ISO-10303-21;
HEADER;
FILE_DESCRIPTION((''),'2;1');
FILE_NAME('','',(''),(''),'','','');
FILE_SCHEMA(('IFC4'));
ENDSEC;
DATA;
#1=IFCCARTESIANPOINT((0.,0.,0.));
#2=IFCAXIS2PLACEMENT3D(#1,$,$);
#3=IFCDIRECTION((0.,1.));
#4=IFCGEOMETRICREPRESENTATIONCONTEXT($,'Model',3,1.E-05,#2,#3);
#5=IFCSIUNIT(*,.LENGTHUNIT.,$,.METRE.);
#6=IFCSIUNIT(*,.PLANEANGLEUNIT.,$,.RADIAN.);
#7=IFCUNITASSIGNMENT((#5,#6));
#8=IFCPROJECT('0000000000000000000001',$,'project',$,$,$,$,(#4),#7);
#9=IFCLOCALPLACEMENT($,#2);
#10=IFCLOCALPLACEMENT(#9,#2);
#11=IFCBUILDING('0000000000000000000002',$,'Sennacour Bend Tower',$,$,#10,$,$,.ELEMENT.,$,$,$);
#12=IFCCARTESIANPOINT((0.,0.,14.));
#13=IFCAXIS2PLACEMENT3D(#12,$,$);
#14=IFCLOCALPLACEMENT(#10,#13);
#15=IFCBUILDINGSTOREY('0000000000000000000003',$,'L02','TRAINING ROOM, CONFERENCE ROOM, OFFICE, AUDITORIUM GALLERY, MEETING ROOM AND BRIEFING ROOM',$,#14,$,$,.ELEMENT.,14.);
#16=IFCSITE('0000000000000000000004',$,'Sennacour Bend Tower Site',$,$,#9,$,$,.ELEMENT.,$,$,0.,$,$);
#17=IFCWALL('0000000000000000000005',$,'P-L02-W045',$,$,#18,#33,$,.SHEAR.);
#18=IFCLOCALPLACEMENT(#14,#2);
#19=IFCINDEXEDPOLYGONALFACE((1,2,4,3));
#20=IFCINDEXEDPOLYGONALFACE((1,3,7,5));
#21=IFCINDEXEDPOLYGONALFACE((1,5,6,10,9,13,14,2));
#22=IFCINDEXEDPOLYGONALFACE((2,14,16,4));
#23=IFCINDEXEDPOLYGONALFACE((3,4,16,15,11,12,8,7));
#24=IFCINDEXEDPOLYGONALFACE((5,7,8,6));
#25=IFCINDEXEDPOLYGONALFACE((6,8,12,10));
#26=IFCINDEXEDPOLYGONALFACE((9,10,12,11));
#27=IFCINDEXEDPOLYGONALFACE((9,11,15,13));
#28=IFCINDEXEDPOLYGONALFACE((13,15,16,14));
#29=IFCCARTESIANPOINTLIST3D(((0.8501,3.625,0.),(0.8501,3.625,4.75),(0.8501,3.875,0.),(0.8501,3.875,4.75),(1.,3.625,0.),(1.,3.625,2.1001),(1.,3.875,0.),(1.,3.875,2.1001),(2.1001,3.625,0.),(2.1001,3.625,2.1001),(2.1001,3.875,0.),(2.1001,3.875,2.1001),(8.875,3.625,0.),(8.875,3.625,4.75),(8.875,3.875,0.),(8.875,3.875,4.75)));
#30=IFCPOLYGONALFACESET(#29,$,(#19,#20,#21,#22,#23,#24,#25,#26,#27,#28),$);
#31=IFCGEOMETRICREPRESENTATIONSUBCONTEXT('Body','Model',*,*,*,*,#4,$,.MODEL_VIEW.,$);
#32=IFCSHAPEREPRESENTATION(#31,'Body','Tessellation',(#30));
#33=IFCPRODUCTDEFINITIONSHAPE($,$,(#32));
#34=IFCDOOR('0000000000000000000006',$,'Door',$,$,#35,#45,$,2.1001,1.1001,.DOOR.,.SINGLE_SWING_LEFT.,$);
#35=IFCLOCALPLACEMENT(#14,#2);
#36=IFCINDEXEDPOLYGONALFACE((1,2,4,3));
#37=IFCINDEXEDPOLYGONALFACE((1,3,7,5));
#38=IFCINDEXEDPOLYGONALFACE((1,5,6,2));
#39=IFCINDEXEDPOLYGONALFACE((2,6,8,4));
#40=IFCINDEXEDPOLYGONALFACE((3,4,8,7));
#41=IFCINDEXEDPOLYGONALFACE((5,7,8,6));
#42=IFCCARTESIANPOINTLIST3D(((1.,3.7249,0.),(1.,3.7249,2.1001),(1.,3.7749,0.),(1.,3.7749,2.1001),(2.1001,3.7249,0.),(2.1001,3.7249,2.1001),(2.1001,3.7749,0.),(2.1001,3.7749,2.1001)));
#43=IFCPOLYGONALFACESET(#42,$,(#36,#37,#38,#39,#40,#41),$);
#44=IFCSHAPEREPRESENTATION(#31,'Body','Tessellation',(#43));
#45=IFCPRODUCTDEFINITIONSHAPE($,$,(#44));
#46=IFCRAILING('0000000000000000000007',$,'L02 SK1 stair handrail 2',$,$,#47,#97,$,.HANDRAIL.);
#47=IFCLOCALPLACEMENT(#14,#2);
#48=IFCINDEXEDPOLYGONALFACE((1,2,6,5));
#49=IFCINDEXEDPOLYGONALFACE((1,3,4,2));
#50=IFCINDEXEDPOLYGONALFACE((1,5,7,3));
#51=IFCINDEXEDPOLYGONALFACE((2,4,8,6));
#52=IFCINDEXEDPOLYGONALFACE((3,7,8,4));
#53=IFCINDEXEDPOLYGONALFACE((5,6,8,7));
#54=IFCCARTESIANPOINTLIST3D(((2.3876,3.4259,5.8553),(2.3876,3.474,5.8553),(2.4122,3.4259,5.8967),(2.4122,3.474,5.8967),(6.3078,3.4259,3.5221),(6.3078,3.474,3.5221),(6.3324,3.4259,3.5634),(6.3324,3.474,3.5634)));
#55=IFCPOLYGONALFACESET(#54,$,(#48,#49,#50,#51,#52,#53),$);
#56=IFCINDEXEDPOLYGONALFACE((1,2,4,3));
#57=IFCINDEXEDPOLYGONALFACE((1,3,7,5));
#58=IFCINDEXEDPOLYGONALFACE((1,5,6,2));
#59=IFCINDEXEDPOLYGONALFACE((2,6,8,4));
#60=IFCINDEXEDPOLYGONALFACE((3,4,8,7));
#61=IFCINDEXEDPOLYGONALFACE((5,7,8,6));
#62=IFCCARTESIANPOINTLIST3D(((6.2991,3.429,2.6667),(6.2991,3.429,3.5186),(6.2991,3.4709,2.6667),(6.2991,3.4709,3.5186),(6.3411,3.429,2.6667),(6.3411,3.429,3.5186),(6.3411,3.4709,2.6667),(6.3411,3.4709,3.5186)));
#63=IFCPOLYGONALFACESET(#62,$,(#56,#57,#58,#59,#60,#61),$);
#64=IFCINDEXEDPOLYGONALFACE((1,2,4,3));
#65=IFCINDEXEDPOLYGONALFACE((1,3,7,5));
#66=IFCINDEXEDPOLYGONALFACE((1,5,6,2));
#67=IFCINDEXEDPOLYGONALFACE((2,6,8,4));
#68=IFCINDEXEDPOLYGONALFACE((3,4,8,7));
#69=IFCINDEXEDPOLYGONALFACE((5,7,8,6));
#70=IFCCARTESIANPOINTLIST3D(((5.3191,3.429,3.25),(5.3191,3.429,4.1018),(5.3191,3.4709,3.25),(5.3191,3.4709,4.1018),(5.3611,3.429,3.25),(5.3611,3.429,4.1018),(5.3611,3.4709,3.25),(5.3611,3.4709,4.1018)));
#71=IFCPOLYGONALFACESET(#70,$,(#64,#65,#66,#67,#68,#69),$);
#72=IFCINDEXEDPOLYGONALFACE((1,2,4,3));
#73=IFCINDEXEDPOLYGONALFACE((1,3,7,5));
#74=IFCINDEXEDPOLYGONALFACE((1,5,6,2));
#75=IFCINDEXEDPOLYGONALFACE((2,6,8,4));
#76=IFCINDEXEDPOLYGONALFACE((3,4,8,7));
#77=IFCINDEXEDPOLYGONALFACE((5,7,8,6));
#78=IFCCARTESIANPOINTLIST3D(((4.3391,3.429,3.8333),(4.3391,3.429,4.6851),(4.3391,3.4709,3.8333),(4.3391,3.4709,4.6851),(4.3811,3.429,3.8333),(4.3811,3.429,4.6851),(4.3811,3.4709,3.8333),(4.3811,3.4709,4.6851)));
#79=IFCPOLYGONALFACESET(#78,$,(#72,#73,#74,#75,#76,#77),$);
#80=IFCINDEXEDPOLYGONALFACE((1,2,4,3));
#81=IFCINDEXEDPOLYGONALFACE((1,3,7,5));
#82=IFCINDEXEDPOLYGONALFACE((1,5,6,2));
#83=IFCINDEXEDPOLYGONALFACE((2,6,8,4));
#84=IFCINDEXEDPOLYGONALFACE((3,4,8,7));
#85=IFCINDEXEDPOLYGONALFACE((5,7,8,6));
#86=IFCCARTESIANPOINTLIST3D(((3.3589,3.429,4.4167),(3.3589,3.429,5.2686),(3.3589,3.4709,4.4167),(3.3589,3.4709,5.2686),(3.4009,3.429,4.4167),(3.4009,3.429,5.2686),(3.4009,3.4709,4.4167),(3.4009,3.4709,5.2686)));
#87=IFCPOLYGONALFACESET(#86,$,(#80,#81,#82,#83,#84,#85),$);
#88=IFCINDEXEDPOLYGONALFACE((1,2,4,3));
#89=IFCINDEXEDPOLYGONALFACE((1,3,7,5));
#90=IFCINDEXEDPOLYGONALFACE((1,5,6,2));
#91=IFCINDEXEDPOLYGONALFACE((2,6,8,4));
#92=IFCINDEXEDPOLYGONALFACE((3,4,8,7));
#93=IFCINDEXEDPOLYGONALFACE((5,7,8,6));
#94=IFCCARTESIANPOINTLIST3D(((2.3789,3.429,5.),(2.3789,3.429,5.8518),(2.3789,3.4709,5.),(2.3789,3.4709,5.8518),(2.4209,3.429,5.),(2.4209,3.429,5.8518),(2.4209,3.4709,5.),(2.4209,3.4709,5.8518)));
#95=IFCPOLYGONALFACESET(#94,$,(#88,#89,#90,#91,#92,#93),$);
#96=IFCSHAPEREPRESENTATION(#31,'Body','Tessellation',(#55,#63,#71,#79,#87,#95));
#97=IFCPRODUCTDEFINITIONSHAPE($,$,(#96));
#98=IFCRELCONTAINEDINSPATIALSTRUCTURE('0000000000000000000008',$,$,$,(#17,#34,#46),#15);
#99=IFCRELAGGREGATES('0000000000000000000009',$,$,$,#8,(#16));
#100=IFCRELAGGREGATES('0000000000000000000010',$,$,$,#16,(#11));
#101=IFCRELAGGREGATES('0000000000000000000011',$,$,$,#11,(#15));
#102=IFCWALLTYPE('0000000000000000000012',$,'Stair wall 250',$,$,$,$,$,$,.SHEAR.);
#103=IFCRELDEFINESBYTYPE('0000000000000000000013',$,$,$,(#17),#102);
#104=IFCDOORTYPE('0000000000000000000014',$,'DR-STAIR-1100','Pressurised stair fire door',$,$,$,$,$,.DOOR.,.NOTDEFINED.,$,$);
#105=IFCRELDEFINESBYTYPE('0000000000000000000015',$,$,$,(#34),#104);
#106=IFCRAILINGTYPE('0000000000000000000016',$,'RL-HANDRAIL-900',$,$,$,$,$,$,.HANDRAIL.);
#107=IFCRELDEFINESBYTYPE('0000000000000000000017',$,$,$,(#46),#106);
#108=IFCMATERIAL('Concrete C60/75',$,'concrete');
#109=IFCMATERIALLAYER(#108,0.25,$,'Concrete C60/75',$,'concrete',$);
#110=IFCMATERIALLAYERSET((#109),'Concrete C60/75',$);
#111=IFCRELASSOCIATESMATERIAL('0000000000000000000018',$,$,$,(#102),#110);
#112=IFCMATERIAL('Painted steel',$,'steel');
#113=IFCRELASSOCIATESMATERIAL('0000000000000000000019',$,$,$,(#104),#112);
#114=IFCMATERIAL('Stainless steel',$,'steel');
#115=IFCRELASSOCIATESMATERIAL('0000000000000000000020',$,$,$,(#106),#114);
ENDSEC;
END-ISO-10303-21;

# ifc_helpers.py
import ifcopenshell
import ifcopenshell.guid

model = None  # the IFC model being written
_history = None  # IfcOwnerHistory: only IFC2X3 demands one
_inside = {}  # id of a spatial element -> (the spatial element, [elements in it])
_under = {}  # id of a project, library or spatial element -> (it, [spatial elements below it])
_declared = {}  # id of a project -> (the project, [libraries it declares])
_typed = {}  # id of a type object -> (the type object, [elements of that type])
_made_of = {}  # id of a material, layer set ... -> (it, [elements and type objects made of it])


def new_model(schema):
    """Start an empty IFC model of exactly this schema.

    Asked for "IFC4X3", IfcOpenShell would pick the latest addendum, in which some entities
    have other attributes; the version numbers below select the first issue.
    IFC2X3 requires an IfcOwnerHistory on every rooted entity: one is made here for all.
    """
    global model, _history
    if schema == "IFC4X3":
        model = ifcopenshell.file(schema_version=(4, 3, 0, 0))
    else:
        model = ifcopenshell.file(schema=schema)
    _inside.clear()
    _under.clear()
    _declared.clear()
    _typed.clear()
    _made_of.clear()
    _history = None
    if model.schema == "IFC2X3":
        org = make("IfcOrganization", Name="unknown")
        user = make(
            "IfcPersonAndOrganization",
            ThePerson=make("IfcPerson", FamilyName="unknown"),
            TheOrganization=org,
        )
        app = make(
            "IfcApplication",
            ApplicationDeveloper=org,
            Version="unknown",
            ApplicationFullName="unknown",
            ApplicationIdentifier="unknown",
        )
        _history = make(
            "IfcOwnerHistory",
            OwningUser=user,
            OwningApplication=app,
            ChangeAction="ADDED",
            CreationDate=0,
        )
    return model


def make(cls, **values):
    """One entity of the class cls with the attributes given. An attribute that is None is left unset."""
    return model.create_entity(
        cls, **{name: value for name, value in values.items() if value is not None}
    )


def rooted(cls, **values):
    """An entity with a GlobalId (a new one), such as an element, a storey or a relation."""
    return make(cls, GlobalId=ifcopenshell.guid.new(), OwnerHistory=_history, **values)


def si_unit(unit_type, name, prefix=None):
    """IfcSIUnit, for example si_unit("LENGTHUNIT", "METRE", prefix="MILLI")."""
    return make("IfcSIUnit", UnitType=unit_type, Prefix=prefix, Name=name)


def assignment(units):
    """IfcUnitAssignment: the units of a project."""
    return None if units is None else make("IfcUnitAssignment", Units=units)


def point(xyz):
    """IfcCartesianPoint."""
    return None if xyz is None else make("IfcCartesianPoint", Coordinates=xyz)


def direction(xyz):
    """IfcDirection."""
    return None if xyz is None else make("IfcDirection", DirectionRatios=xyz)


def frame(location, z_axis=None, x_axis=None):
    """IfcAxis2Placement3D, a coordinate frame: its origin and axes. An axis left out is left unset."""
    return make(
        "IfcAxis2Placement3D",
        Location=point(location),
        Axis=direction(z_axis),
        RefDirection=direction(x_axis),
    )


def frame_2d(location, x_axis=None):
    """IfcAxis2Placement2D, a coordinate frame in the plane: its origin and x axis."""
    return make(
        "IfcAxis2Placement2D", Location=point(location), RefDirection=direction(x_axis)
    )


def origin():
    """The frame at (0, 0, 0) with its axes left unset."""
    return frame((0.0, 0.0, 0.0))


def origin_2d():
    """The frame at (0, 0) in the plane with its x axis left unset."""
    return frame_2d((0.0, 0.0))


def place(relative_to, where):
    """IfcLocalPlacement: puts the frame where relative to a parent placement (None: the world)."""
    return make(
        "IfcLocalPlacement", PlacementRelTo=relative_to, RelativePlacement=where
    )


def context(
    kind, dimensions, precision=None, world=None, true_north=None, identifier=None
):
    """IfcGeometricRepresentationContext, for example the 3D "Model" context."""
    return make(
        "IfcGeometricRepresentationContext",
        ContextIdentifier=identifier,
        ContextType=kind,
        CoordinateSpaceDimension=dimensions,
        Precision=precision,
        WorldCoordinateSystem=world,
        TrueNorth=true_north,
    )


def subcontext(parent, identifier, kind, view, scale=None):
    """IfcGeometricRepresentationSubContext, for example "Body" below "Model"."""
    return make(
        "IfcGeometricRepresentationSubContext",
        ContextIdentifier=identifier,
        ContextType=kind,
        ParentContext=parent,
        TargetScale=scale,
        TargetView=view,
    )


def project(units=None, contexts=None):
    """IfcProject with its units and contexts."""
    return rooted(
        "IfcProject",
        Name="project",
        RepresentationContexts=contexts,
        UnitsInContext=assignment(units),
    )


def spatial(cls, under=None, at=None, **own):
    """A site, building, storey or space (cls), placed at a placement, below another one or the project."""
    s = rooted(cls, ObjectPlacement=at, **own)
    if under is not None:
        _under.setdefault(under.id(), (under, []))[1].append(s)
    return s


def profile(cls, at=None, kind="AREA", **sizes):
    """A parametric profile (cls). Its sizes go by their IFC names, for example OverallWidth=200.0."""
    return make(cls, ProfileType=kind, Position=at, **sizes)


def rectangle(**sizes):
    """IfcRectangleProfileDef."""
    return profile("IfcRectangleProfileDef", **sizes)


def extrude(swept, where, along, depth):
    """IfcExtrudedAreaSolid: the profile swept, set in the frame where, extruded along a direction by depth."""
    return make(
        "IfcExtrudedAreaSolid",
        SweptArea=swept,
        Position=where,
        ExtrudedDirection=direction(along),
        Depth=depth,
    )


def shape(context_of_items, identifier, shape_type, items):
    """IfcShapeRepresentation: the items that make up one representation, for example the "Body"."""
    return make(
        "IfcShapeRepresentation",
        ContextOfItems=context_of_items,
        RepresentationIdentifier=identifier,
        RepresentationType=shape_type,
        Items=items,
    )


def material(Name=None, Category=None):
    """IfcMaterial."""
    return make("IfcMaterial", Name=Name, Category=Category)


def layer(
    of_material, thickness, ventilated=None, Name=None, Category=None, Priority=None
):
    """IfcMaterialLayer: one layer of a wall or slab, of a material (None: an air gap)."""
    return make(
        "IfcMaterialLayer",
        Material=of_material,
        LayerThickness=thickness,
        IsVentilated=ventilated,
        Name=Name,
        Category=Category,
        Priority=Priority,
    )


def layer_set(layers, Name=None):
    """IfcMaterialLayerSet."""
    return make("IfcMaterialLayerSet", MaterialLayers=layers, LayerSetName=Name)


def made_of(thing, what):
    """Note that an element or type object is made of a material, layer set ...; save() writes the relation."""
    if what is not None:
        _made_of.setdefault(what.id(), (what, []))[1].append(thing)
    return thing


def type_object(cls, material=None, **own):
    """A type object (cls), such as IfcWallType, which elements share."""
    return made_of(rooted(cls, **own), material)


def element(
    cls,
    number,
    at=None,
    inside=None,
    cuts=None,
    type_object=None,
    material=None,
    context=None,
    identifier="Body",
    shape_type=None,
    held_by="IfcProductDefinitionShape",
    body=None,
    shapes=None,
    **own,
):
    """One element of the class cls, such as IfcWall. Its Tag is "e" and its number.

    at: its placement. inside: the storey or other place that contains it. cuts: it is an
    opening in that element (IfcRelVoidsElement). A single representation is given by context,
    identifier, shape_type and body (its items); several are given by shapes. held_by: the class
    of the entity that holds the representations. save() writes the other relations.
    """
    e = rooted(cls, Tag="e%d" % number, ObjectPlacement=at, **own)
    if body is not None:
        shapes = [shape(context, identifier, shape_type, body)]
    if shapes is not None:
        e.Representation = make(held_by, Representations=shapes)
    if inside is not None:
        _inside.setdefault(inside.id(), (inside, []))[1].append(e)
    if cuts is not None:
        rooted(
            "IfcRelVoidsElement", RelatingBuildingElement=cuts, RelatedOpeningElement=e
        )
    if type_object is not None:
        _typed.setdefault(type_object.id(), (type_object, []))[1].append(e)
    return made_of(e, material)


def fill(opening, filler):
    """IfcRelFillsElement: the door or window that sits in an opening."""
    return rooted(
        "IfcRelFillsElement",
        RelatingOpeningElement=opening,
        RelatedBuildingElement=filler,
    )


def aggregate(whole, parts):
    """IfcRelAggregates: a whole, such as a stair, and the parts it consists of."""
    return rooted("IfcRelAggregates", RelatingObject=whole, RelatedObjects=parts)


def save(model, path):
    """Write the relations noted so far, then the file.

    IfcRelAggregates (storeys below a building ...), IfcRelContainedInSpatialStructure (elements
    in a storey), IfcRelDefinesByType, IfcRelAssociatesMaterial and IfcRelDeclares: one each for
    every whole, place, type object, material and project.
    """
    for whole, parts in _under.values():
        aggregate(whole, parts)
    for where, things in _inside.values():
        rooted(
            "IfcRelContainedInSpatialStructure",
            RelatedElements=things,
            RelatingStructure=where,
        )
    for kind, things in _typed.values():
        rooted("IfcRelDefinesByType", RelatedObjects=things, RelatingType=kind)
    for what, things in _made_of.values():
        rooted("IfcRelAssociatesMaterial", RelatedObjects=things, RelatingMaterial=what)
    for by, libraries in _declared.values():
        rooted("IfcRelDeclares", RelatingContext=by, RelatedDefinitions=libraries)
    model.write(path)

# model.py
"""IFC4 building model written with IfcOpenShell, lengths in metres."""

from ifc_helpers import new_model, si_unit, direction, frame, frame_2d, origin, origin_2d, place, context, subcontext, project, spatial, rectangle, extrude, material, layer, layer_set, type_object, element, fill, save


model = new_model("IFC4")

# Units and contexts
model_context = context("Model", 3, precision=1e-05, world=origin(), true_north=direction((0.0, 1.0)))
body_context = subcontext(model_context, "Body", "Model", "MODEL_VIEW")
ifc_project = project(units=[si_unit("LENGTHUNIT", "METRE"), si_unit("PLANEANGLEUNIT", "RADIAN")], contexts=[model_context])

# Site, building, storey
site_placement = place(None, origin())
site = spatial("IfcSite", under=ifc_project, at=site_placement, Name="Sennacour Bend Tower Site", CompositionType="ELEMENT", RefElevation=0.0)
building_placement = place(site_placement, origin())
building = spatial("IfcBuilding", under=site, at=building_placement, Name="Sennacour Bend Tower", CompositionType="ELEMENT")
storey_placement = place(building_placement, frame((0.0, 0.0, 14.0)))
storey = spatial("IfcBuildingStorey", under=building, at=storey_placement, Name="L02", Description="TRAINING ROOM, CONFERENCE ROOM, OFFICE, AUDITORIUM GALLERY, MEETING ROOM AND BRIEFING ROOM", CompositionType="ELEMENT", Elevation=14.0)

# Shared definitions
ifc_material_1 = material(Name="Painted steel", Category="steel")

# Wall, opening, door
ifc_material_2 = material(Name="Concrete C60/75", Category="concrete")
ifc_layer_1 = layer(ifc_material_2, 0.25, Name="Concrete C60/75", Category="concrete")
ifc_layer_set_1 = layer_set([ifc_layer_1], Name="Concrete C60/75")
wall_type_1 = type_object("IfcWallType", Name="Stair wall 250", PredefinedType="SHEAR", material=ifc_layer_set_1)
wall_1_placement = place(storey_placement, frame((0.8501, 3.75, 0.0), z_axis=(0.0, 0.0, 1.0), x_axis=(1.0, 0.0, 0.0)))
wall_1 = element("IfcWall", 1, at=wall_1_placement, inside=storey, type_object=wall_type_1, Name="P-L02-W045", PredefinedType="SHEAR", context=body_context, shape_type="SweptSolid", body=[
    extrude(rectangle(XDim=8.0249, YDim=0.25, at=frame_2d((4.0125, 0.0))), origin(), (0.0, 0.0, 1.0), 4.75),
])
opening_1_placement = place(wall_1_placement, frame((0.1499, 0.0, 0.0)))
opening_1 = element("IfcOpeningElement", 2, at=opening_1_placement, cuts=wall_1, PredefinedType="OPENING", context=body_context, shape_type="SweptSolid", body=[
    extrude(rectangle(XDim=1.1001, YDim=2.1001, at=frame_2d((0.55, 1.05))), frame((0.0, 0.135, 0.0), z_axis=(0.0, -1.0, 0.0), x_axis=(1.0, 0.0, 0.0)), (0.0, 0.0, 1.0), 0.27),
])
door_type_1 = type_object("IfcDoorType", Name="DR-STAIR-1100", Description="Pressurised stair fire door", OperationType="NOTDEFINED", PredefinedType="DOOR", material=ifc_material_1)
door_1_placement = place(opening_1_placement, origin())
door_1 = element("IfcDoor", 3, at=door_1_placement, inside=storey, type_object=door_type_1, Name="Door", OperationType="SINGLE_SWING_LEFT", OverallHeight=2.1001, OverallWidth=1.1001, PredefinedType="DOOR", context=body_context, shape_type="SweptSolid", body=[
    extrude(rectangle(XDim=1.1001, YDim=2.1001, at=frame_2d((0.55, 1.05))), frame((0.0, 0.0249, 0.0), z_axis=(0.0, -1.0, 0.0), x_axis=(1.0, 0.0, 0.0)), (0.0, 0.0, 1.0), 0.05),
])
fill(opening_1, door_1)

# Railing
ifc_material_3 = material(Name="Stainless steel", Category="steel")
railing_type = type_object("IfcRailingType", Name="RL-HANDRAIL-900", PredefinedType="HANDRAIL", material=ifc_material_3)
railing_placement = place(storey_placement, frame((6.3201, 3.45, 2.6667)))
element("IfcRailing", 4, at=railing_placement, inside=storey, type_object=railing_type, Name="L02 SK1 stair handrail 2", PredefinedType="HANDRAIL", context=body_context, shape_type="SweptSolid", body=[
    extrude(rectangle(XDim=0.0481, YDim=0.0481, at=origin_2d()), frame((0.0, 0.0, 0.876), z_axis=(-0.85931, 0.0, 0.511455), x_axis=(0.0, -1.0, 0.0)), (0.0, 0.0, 1.0), 4.562),
    extrude(rectangle(XDim=0.042, YDim=0.042, at=origin_2d()), origin(), (0.0, 0.0, 1.0), 0.8518),
    extrude(rectangle(XDim=0.042, YDim=0.042, at=origin_2d()), frame((-0.98, 0.0, 0.5833)), (0.0, 0.0, 1.0), 0.8518),
    extrude(rectangle(XDim=0.042, YDim=0.042, at=origin_2d()), frame((-1.96, 0.0, 1.1665)), (0.0, 0.0, 1.0), 0.8518),
    extrude(rectangle(XDim=0.042, YDim=0.042, at=origin_2d()), frame((-2.9402, 0.0, 1.75)), (0.0, 0.0, 1.0), 0.8518),
    extrude(rectangle(XDim=0.042, YDim=0.042, at=origin_2d()), frame((-3.9202, 0.0, 2.3333)), (0.0, 0.0, 1.0), 0.8518),
])

save(model, "model.ifc")
